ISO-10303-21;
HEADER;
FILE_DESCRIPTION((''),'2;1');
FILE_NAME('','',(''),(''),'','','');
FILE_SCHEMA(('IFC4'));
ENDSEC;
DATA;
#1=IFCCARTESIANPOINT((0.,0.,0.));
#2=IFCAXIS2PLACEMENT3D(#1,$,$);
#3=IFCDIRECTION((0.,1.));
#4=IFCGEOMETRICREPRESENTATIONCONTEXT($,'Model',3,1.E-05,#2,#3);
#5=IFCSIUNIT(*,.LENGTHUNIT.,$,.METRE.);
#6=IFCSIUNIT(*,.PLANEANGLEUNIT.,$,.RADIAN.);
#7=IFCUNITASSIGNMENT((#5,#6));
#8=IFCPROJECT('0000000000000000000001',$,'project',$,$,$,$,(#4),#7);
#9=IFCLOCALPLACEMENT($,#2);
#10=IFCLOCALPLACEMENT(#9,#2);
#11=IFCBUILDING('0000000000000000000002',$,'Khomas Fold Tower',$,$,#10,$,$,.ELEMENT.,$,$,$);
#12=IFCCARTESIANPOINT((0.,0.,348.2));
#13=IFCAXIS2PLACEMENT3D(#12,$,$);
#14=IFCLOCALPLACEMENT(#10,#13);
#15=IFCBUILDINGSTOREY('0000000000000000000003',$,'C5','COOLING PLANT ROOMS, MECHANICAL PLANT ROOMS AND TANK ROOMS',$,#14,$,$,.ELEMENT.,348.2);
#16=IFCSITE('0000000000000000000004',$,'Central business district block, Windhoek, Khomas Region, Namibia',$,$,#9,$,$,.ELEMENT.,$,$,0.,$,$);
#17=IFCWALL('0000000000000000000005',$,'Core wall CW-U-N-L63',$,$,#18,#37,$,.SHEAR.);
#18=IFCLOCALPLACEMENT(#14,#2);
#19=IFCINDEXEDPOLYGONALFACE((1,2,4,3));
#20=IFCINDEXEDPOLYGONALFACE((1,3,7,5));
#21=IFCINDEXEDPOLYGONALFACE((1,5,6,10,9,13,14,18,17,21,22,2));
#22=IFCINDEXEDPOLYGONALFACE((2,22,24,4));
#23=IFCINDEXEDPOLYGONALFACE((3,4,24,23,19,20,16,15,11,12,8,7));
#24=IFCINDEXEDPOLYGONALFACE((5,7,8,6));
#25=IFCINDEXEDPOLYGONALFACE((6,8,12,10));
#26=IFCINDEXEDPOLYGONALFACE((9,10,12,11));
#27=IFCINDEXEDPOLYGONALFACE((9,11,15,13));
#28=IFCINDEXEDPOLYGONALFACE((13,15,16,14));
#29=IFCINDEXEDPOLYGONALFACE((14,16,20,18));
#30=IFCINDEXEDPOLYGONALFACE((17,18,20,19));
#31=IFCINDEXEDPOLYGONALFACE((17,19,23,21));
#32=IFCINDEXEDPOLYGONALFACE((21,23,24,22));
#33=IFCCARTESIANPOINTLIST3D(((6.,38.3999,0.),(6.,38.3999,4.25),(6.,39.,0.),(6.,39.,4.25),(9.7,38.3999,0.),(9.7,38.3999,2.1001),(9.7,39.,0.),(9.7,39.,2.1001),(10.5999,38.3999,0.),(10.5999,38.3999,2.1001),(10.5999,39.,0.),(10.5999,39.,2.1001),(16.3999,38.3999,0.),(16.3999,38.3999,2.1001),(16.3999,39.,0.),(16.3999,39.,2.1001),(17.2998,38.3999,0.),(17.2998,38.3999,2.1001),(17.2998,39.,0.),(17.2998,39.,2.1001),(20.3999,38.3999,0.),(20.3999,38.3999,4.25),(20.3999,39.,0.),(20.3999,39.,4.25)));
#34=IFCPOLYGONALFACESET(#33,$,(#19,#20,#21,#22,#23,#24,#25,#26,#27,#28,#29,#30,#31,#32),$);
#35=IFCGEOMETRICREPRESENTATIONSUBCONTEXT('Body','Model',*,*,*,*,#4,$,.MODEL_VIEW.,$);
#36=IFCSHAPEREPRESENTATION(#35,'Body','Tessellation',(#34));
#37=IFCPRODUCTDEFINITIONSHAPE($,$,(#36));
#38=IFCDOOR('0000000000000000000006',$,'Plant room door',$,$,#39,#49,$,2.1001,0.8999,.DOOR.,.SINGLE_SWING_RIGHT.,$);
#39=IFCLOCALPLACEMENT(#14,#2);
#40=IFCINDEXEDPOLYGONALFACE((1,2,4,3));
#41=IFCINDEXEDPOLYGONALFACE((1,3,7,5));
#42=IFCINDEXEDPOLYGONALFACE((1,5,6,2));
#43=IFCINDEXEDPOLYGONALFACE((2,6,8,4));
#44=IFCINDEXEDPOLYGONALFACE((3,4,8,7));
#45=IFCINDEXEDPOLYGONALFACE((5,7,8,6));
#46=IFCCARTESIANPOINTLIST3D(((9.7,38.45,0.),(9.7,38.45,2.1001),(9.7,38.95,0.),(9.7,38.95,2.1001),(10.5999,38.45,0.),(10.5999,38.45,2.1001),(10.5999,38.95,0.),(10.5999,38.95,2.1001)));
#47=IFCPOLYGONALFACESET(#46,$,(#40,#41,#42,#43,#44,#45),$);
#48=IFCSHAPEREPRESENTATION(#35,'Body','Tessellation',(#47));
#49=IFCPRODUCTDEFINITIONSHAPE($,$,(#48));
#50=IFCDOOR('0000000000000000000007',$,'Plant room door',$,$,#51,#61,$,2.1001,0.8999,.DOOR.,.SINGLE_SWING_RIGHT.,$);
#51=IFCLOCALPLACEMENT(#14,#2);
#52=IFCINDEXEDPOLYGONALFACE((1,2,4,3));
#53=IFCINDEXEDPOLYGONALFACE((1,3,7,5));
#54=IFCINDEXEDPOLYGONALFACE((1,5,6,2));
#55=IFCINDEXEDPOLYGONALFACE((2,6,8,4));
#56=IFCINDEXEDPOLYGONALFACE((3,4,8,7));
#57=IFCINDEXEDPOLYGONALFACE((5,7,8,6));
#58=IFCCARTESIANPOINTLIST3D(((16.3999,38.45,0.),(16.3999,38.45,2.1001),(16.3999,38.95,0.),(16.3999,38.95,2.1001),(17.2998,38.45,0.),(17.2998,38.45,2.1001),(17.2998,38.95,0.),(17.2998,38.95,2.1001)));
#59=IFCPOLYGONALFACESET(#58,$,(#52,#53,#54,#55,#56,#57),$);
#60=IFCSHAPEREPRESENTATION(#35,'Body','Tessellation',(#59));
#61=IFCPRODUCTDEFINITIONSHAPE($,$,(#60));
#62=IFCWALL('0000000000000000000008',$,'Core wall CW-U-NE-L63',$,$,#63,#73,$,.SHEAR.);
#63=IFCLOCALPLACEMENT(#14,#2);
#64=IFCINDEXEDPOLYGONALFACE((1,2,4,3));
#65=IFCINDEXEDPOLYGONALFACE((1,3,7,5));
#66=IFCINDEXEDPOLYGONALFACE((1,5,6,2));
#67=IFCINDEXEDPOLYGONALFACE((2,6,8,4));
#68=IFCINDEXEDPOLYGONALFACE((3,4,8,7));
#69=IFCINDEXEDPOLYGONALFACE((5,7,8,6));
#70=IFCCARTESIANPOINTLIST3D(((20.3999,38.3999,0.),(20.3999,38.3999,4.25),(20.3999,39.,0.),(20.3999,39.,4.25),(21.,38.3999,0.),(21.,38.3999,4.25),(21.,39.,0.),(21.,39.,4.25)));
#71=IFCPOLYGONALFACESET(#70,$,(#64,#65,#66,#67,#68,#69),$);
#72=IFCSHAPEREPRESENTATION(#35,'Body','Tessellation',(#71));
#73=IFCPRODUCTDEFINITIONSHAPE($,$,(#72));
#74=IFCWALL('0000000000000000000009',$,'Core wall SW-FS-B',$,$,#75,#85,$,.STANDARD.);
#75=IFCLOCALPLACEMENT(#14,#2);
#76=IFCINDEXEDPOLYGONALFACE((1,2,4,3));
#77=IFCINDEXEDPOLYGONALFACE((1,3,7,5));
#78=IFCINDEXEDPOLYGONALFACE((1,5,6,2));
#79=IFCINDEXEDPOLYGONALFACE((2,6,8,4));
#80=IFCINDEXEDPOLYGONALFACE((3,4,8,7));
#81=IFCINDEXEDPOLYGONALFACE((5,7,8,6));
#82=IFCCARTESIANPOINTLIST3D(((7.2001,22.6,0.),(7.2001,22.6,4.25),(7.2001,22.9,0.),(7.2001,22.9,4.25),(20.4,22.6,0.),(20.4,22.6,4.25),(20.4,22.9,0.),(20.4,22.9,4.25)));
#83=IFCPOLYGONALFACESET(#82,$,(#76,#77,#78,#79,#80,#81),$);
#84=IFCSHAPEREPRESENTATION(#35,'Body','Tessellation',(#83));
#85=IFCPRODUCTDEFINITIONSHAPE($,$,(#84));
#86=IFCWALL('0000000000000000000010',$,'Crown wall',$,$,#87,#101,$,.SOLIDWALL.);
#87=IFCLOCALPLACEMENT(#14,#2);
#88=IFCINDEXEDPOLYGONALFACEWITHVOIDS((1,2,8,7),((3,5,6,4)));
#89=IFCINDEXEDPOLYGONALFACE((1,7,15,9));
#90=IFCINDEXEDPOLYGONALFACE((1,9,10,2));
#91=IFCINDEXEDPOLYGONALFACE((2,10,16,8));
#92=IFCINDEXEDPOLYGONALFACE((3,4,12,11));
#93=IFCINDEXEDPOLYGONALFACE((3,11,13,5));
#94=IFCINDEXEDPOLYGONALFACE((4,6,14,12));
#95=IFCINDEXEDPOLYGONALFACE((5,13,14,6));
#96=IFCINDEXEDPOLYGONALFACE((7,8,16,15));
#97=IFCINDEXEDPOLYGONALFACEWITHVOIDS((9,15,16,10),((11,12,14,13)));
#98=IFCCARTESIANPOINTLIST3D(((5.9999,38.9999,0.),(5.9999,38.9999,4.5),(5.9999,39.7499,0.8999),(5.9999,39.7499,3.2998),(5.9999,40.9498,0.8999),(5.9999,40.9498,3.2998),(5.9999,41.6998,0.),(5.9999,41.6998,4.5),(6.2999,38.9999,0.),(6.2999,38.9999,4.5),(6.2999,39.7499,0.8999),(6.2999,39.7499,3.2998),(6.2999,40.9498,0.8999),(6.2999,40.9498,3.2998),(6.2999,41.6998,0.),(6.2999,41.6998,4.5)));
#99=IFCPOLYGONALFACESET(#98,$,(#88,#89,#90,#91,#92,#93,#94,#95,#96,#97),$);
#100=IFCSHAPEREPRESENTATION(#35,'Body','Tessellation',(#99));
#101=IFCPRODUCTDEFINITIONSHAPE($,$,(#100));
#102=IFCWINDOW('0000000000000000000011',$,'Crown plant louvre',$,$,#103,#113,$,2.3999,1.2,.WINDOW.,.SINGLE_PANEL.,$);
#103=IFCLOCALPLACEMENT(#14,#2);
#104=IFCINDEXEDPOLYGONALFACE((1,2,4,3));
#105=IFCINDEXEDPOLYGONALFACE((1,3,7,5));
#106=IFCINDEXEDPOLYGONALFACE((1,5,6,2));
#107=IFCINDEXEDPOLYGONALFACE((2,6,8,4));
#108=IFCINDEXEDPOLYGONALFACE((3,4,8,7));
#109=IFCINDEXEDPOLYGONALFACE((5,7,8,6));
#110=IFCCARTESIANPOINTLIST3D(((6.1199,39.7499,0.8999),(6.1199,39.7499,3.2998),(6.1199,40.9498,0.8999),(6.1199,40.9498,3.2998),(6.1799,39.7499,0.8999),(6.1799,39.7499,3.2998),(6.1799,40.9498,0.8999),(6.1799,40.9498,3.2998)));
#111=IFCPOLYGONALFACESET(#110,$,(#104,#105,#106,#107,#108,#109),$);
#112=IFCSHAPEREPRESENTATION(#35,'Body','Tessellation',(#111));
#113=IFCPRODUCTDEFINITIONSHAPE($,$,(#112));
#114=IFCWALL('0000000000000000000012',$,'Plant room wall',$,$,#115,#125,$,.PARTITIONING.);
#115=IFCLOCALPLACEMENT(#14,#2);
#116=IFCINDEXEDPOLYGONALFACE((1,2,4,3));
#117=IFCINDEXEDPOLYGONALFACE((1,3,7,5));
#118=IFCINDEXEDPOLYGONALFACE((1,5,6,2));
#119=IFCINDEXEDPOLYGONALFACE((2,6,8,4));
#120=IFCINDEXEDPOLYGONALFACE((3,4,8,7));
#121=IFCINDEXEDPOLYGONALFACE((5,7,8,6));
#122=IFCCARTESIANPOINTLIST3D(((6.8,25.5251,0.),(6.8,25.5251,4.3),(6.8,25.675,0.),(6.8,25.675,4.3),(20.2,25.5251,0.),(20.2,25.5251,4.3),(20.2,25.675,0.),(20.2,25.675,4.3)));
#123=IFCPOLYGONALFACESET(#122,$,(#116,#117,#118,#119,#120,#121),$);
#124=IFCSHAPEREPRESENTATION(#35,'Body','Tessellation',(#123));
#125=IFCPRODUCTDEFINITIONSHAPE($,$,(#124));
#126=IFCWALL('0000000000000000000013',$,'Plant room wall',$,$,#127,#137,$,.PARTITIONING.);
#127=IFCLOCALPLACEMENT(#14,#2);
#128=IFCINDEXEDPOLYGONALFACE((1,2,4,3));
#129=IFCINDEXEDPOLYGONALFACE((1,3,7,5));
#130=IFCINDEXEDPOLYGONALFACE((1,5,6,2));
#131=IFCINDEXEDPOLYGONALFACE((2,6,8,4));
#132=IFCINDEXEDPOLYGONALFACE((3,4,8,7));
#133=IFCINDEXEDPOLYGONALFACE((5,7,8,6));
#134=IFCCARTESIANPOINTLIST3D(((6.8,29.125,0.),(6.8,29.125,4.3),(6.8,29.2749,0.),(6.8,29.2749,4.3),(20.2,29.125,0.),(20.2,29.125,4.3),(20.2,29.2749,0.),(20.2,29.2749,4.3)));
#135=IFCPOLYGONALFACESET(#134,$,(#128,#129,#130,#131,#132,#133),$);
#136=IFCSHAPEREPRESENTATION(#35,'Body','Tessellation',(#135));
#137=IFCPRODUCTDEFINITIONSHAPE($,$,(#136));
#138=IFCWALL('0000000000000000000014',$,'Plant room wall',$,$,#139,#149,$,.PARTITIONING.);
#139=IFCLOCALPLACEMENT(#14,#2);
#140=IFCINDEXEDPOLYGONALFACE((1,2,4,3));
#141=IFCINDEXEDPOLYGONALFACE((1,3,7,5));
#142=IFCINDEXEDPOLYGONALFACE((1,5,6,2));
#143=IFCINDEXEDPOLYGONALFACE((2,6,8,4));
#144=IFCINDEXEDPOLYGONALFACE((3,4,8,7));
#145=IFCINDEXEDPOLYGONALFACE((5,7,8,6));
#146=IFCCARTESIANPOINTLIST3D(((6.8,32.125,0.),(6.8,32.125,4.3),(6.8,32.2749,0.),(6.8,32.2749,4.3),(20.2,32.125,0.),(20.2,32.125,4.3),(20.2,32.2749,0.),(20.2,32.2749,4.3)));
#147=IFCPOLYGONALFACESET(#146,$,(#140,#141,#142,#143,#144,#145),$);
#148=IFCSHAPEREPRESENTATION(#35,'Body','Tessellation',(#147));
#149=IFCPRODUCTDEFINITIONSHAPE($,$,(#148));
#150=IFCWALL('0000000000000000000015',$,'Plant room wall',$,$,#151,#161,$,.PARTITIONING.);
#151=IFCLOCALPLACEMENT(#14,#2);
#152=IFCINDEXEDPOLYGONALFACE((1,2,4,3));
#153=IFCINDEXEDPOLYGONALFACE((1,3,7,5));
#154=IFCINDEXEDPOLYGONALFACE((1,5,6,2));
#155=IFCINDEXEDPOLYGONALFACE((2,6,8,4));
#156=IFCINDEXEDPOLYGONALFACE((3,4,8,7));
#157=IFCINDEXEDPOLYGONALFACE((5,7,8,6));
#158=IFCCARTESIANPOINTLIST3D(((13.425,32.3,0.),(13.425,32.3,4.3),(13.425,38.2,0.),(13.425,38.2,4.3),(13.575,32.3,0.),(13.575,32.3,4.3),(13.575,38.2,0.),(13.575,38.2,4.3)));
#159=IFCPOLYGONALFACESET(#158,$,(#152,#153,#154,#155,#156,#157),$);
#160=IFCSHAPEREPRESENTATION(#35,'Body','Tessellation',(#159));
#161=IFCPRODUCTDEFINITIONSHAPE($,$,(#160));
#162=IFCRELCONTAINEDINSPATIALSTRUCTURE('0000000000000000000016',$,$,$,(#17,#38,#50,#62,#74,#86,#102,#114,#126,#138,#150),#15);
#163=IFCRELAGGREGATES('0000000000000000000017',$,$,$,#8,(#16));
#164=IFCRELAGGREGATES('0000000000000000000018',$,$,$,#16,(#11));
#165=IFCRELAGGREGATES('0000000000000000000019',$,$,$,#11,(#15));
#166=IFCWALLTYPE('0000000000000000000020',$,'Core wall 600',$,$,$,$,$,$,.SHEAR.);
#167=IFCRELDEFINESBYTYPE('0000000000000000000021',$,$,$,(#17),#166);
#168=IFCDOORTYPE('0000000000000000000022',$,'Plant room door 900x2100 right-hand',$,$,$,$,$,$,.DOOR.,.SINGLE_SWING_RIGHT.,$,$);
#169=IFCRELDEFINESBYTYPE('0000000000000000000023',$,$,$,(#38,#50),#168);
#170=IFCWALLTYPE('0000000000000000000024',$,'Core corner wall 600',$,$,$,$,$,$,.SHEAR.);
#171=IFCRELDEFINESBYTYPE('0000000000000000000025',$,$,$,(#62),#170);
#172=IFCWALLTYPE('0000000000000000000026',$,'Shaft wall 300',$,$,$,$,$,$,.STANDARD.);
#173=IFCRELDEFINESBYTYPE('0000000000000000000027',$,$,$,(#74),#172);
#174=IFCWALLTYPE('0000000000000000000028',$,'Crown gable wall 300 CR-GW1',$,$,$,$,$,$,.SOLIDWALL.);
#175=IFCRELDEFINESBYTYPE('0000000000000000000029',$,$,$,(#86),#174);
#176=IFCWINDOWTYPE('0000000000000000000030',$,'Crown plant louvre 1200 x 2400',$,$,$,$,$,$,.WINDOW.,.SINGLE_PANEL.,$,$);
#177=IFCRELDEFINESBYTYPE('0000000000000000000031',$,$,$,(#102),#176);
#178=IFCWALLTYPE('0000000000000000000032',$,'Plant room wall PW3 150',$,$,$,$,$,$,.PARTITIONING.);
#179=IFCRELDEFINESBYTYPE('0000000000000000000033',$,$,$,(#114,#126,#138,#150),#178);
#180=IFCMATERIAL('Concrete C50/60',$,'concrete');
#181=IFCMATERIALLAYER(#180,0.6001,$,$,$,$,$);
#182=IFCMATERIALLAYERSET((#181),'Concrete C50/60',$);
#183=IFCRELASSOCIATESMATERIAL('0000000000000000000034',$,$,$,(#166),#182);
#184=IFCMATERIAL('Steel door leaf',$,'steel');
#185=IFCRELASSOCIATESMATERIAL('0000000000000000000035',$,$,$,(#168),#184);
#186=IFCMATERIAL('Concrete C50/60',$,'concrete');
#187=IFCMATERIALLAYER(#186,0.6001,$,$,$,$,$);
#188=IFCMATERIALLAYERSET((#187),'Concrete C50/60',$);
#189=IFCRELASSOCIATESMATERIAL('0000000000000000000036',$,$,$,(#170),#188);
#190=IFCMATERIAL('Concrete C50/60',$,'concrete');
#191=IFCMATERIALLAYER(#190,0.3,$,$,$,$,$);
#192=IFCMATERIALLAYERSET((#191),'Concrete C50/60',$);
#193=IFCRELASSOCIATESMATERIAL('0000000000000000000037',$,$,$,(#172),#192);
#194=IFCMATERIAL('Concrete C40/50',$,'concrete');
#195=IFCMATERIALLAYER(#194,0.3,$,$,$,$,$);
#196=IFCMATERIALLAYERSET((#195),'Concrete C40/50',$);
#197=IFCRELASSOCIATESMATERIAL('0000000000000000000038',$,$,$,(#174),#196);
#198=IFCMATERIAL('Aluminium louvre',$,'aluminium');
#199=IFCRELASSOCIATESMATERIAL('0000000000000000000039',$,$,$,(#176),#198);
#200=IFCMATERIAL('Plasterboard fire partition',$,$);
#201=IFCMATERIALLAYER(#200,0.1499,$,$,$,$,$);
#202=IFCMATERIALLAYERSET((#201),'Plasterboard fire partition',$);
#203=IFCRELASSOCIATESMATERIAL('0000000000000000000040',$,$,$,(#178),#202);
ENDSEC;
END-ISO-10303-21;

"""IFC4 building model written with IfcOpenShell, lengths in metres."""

from ifc_helpers import new_model, si_unit, direction, frame, frame_2d, origin, place, context, subcontext, project, spatial, rectangle, extrude, source, transform, mapped, material, layer, layer_set, type_object, element, fill, save


model = new_model("IFC4")

# Units and contexts
model_context = context("Model", 3, precision=1e-05, world=origin(), true_north=direction((0.0, 1.0)))
body_context = subcontext(model_context, "Body", "Model", "MODEL_VIEW")
ifc_project = project(units=[si_unit("LENGTHUNIT", "METRE"), si_unit("PLANEANGLEUNIT", "RADIAN")], contexts=[model_context])

# Site, building, storey
site_placement = place(None, origin())
site = spatial("IfcSite", under=ifc_project, at=site_placement, Name="Central business district block, Windhoek, Khomas Region, Namibia", CompositionType="ELEMENT", RefElevation=0.0)
building_placement = place(site_placement, origin())
building = spatial("IfcBuilding", under=site, at=building_placement, Name="Khomas Fold Tower", CompositionType="ELEMENT")
storey_placement = place(building_placement, frame((0.0, 0.0, 348.2)))
storey = spatial("IfcBuildingStorey", under=building, at=storey_placement, Name="C5", Description="COOLING PLANT ROOMS, MECHANICAL PLANT ROOMS AND TANK ROOMS", CompositionType="ELEMENT", Elevation=348.2)

# Wall, openings, doors
ifc_material_1 = material(Name="Concrete C50/60", Category="concrete")
ifc_layer_1 = layer(ifc_material_1, 0.6001)
ifc_layer_set_1 = layer_set([ifc_layer_1], Name="Concrete C50/60")
wall_type_1 = type_object("IfcWallType", Name="Core wall 600", PredefinedType="SHEAR", material=ifc_layer_set_1)
shared_shape_1 = source(origin(), body_context, "Body", "SweptSolid", [
    extrude(rectangle(XDim=14.3999, YDim=0.6001, at=frame_2d((7.2, 0.0))), origin(), (0.0, 0.0, 1.0), 4.25),
])
wall_1_placement = place(storey_placement, frame((6.0, 38.7, 0.0), z_axis=(0.0, 0.0, 1.0), x_axis=(1.0, 0.0, 0.0)))
wall_1 = element("IfcWall", 1, at=wall_1_placement, inside=storey, type_object=wall_type_1, Name="Core wall CW-U-N-L63", PredefinedType="SHEAR", context=body_context, shape_type="MappedRepresentation", body=[
    mapped(shared_shape_1, transform((0.0, 0.0, 0.0))),
])
shared_shape_2 = source(origin(), body_context, "Body", "SweptSolid", [
    extrude(rectangle(XDim=0.8999, YDim=2.1001, at=frame_2d((0.45, 1.05))), frame((0.0, 0.3101, 0.0), z_axis=(0.0, -1.0, 0.0), x_axis=(1.0, 0.0, 0.0)), (0.0, 0.0, 1.0), 0.6201),
])
opening_1_placement = place(wall_1_placement, frame((3.7, 0.0, 0.0)))
opening_1 = element("IfcOpeningElement", 2, at=opening_1_placement, cuts=wall_1, PredefinedType="OPENING", context=body_context, shape_type="MappedRepresentation", body=[
    mapped(shared_shape_2, transform((0.0, 0.0, 0.0))),
])
opening_2_placement = place(wall_1_placement, frame((10.3999, 0.0, 0.0)))
opening_2 = element("IfcOpeningElement", 3, at=opening_2_placement, cuts=wall_1, PredefinedType="OPENING", context=body_context, shape_type="MappedRepresentation", body=[
    mapped(shared_shape_2, transform((0.0, 0.0, 0.0))),
])
ifc_material_2 = material(Name="Steel door leaf", Category="steel")
door_type = type_object("IfcDoorType", Name="Plant room door 900x2100 right-hand", OperationType="SINGLE_SWING_RIGHT", PredefinedType="DOOR", material=ifc_material_2)
shared_shape_3 = source(origin(), body_context, "Body", "SweptSolid", [
    extrude(rectangle(XDim=0.8999, YDim=2.1001, at=frame_2d((0.45, 1.05))), frame((0.0, 0.25, 0.0), z_axis=(0.0, -1.0, 0.0), x_axis=(1.0, 0.0, 0.0)), (0.0, 0.0, 1.0), 0.5),
])
door_1_placement = place(opening_1_placement, origin())
door_1 = element("IfcDoor", 4, at=door_1_placement, inside=storey, type_object=door_type, Name="Plant room door", OperationType="SINGLE_SWING_RIGHT", OverallHeight=2.1001, OverallWidth=0.8999, PredefinedType="DOOR", context=body_context, shape_type="MappedRepresentation", body=[
    mapped(shared_shape_3, transform((0.0, 0.0, 0.0))),
])
fill(opening_1, door_1)
door_2_placement = place(opening_2_placement, origin())
door_2 = element("IfcDoor", 5, at=door_2_placement, inside=storey, type_object=door_type, Name="Plant room door", OperationType="SINGLE_SWING_RIGHT", OverallHeight=2.1001, OverallWidth=0.8999, PredefinedType="DOOR", context=body_context, shape_type="MappedRepresentation", body=[
    mapped(shared_shape_3, transform((0.0, 0.0, 0.0))),
])
fill(opening_2, door_2)

# Walls
ifc_material_3 = material(Name="Concrete C50/60", Category="concrete")
ifc_layer_2 = layer(ifc_material_3, 0.6001)
ifc_layer_set_2 = layer_set([ifc_layer_2], Name="Concrete C50/60")
wall_type_2 = type_object("IfcWallType", Name="Core corner wall 600", PredefinedType="SHEAR", material=ifc_layer_set_2)
shared_shape_4 = source(origin(), body_context, "Body", "SweptSolid", [
    extrude(rectangle(XDim=0.6001, YDim=0.6001, at=frame_2d((0.3, 0.0))), origin(), (0.0, 0.0, 1.0), 4.25),
])
wall_2_placement = place(storey_placement, frame((20.3999, 38.7, 0.0), z_axis=(0.0, 0.0, 1.0), x_axis=(1.0, 0.0, 0.0)))
element("IfcWall", 6, at=wall_2_placement, inside=storey, type_object=wall_type_2, Name="Core wall CW-U-NE-L63", PredefinedType="SHEAR", context=body_context, shape_type="MappedRepresentation", body=[
    mapped(shared_shape_4, transform((0.0, 0.0, 0.0))),
])
ifc_material_4 = material(Name="Concrete C50/60", Category="concrete")
ifc_layer_3 = layer(ifc_material_4, 0.3)
ifc_layer_set_3 = layer_set([ifc_layer_3], Name="Concrete C50/60")
wall_type_3 = type_object("IfcWallType", Name="Shaft wall 300", PredefinedType="STANDARD", material=ifc_layer_set_3)
shared_shape_5 = source(origin(), body_context, "Body", "SweptSolid", [
    extrude(rectangle(XDim=13.2, YDim=0.3, at=frame_2d((6.6001, 0.0))), origin(), (0.0, 0.0, 1.0), 4.25),
])
wall_3_placement = place(storey_placement, frame((7.2, 22.75, 0.0), z_axis=(0.0, 0.0, 1.0), x_axis=(1.0, 0.0, 0.0)))
element("IfcWall", 7, at=wall_3_placement, inside=storey, type_object=wall_type_3, Name="Core wall SW-FS-B", PredefinedType="STANDARD", context=body_context, shape_type="MappedRepresentation", body=[
    mapped(shared_shape_5, transform((0.0, 0.0, 0.0))),
])

# Wall, opening, window
ifc_material_5 = material(Name="Concrete C40/50", Category="concrete")
ifc_layer_4 = layer(ifc_material_5, 0.3)
ifc_layer_set_4 = layer_set([ifc_layer_4], Name="Concrete C40/50")
wall_type_4 = type_object("IfcWallType", Name="Crown gable wall 300 CR-GW1", PredefinedType="SOLIDWALL", material=ifc_layer_set_4)
shared_shape_6 = source(origin(), body_context, "Body", "SweptSolid", [
    extrude(rectangle(XDim=2.7, YDim=0.3, at=frame_2d((1.3501, 0.0))), origin(), (0.0, 0.0, 1.0), 4.5),
])
wall_4_placement = place(storey_placement, frame((6.1499, 41.7, 0.0), z_axis=(0.0, 0.0, 1.0), x_axis=(0.0, -1.0, 0.0)))
wall_4 = element("IfcWall", 8, at=wall_4_placement, inside=storey, type_object=wall_type_4, Name="Crown wall", PredefinedType="SOLIDWALL", context=body_context, shape_type="MappedRepresentation", body=[
    mapped(shared_shape_6, transform((0.0, 0.0, 0.0))),
])
shared_shape_7 = source(origin(), body_context, "Body", "SweptSolid", [
    extrude(rectangle(XDim=1.2, YDim=2.3999, at=frame_2d((0.6001, 1.2))), frame((0.0, 0.1599, 0.0), z_axis=(0.0, -1.0, 0.0), x_axis=(1.0, 0.0, 0.0)), (0.0, 0.0, 1.0), 0.3201),
])
opening_3_placement = place(wall_4_placement, frame((0.75, 0.0, 0.8999)))
opening_3 = element("IfcOpeningElement", 9, at=opening_3_placement, cuts=wall_4, PredefinedType="OPENING", context=body_context, shape_type="MappedRepresentation", body=[
    mapped(shared_shape_7, transform((0.0, 0.0, 0.0))),
])
ifc_material_6 = material(Name="Aluminium louvre", Category="aluminium")
window_type = type_object("IfcWindowType", Name="Crown plant louvre 1200 x 2400", PartitioningType="SINGLE_PANEL", PredefinedType="WINDOW", material=ifc_material_6)
shared_shape_8 = source(origin(), body_context, "Body", "SweptSolid", [
    extrude(rectangle(XDim=1.2, YDim=2.3999, at=frame_2d((0.6001, 1.2))), frame((0.0, 0.03, 0.0), z_axis=(0.0, -1.0, 0.0), x_axis=(1.0, 0.0, 0.0)), (0.0, 0.0, 1.0), 0.0601),
])
window_placement = place(opening_3_placement, origin())
window = element("IfcWindow", 10, at=window_placement, inside=storey, type_object=window_type, Name="Crown plant louvre", OverallHeight=2.3999, OverallWidth=1.2, PartitioningType="SINGLE_PANEL", PredefinedType="WINDOW", context=body_context, shape_type="MappedRepresentation", body=[
    mapped(shared_shape_8, transform((0.0, 0.0, 0.0))),
])
fill(opening_3, window)

# Walls
ifc_material_7 = material(Name="Plasterboard fire partition")
ifc_layer_5 = layer(ifc_material_7, 0.1499)
ifc_layer_set_5 = layer_set([ifc_layer_5], Name="Plasterboard fire partition")
wall_type_5 = type_object("IfcWallType", Name="Plant room wall PW3 150", PredefinedType="PARTITIONING", material=ifc_layer_set_5)
shared_shape_9 = source(origin(), body_context, "Body", "SweptSolid", [
    extrude(rectangle(XDim=13.3999, YDim=0.1499, at=frame_2d((6.7, 0.0))), origin(), (0.0, 0.0, 1.0), 4.3),
])
for number, where, z_axis, x_axis, name in (
    (11, (6.8, 25.6001, 0.0), (0.0, 0.0, 1.0), (1.0, 0.0, 0.0), "Plant room wall"),
    (12, (6.8, 29.2, 0.0), (0.0, 0.0, 1.0), (1.0, 0.0, 0.0), "Plant room wall"),
    (13, (6.8, 32.2, 0.0), (0.0, 0.0, 1.0), (1.0, 0.0, 0.0), "Plant room wall"),
):
    element("IfcWall", number, at=place(storey_placement, frame(where, z_axis=z_axis, x_axis=x_axis)), inside=storey, type_object=wall_type_5, Name=name, PredefinedType="PARTITIONING", context=body_context, shape_type="MappedRepresentation", body=[
        mapped(shared_shape_9, transform((0.0, 0.0, 0.0))),
    ])
shared_shape_10 = source(origin(), body_context, "Body", "SweptSolid", [
    extrude(rectangle(XDim=5.8999, YDim=0.1499, at=frame_2d((2.95, 0.0))), origin(), (0.0, 0.0, 1.0), 4.3),
])
wall_5_placement = place(storey_placement, frame((13.5, 32.3, 0.0), z_axis=(0.0, 0.0, 1.0), x_axis=(0.0, 1.0, 0.0)))
element("IfcWall", 14, at=wall_5_placement, inside=storey, type_object=wall_type_5, Name="Plant room wall", PredefinedType="PARTITIONING", context=body_context, shape_type="MappedRepresentation", body=[
    mapped(shared_shape_10, transform((0.0, 0.0, 0.0))),
])

save(model, "model.ifc")
